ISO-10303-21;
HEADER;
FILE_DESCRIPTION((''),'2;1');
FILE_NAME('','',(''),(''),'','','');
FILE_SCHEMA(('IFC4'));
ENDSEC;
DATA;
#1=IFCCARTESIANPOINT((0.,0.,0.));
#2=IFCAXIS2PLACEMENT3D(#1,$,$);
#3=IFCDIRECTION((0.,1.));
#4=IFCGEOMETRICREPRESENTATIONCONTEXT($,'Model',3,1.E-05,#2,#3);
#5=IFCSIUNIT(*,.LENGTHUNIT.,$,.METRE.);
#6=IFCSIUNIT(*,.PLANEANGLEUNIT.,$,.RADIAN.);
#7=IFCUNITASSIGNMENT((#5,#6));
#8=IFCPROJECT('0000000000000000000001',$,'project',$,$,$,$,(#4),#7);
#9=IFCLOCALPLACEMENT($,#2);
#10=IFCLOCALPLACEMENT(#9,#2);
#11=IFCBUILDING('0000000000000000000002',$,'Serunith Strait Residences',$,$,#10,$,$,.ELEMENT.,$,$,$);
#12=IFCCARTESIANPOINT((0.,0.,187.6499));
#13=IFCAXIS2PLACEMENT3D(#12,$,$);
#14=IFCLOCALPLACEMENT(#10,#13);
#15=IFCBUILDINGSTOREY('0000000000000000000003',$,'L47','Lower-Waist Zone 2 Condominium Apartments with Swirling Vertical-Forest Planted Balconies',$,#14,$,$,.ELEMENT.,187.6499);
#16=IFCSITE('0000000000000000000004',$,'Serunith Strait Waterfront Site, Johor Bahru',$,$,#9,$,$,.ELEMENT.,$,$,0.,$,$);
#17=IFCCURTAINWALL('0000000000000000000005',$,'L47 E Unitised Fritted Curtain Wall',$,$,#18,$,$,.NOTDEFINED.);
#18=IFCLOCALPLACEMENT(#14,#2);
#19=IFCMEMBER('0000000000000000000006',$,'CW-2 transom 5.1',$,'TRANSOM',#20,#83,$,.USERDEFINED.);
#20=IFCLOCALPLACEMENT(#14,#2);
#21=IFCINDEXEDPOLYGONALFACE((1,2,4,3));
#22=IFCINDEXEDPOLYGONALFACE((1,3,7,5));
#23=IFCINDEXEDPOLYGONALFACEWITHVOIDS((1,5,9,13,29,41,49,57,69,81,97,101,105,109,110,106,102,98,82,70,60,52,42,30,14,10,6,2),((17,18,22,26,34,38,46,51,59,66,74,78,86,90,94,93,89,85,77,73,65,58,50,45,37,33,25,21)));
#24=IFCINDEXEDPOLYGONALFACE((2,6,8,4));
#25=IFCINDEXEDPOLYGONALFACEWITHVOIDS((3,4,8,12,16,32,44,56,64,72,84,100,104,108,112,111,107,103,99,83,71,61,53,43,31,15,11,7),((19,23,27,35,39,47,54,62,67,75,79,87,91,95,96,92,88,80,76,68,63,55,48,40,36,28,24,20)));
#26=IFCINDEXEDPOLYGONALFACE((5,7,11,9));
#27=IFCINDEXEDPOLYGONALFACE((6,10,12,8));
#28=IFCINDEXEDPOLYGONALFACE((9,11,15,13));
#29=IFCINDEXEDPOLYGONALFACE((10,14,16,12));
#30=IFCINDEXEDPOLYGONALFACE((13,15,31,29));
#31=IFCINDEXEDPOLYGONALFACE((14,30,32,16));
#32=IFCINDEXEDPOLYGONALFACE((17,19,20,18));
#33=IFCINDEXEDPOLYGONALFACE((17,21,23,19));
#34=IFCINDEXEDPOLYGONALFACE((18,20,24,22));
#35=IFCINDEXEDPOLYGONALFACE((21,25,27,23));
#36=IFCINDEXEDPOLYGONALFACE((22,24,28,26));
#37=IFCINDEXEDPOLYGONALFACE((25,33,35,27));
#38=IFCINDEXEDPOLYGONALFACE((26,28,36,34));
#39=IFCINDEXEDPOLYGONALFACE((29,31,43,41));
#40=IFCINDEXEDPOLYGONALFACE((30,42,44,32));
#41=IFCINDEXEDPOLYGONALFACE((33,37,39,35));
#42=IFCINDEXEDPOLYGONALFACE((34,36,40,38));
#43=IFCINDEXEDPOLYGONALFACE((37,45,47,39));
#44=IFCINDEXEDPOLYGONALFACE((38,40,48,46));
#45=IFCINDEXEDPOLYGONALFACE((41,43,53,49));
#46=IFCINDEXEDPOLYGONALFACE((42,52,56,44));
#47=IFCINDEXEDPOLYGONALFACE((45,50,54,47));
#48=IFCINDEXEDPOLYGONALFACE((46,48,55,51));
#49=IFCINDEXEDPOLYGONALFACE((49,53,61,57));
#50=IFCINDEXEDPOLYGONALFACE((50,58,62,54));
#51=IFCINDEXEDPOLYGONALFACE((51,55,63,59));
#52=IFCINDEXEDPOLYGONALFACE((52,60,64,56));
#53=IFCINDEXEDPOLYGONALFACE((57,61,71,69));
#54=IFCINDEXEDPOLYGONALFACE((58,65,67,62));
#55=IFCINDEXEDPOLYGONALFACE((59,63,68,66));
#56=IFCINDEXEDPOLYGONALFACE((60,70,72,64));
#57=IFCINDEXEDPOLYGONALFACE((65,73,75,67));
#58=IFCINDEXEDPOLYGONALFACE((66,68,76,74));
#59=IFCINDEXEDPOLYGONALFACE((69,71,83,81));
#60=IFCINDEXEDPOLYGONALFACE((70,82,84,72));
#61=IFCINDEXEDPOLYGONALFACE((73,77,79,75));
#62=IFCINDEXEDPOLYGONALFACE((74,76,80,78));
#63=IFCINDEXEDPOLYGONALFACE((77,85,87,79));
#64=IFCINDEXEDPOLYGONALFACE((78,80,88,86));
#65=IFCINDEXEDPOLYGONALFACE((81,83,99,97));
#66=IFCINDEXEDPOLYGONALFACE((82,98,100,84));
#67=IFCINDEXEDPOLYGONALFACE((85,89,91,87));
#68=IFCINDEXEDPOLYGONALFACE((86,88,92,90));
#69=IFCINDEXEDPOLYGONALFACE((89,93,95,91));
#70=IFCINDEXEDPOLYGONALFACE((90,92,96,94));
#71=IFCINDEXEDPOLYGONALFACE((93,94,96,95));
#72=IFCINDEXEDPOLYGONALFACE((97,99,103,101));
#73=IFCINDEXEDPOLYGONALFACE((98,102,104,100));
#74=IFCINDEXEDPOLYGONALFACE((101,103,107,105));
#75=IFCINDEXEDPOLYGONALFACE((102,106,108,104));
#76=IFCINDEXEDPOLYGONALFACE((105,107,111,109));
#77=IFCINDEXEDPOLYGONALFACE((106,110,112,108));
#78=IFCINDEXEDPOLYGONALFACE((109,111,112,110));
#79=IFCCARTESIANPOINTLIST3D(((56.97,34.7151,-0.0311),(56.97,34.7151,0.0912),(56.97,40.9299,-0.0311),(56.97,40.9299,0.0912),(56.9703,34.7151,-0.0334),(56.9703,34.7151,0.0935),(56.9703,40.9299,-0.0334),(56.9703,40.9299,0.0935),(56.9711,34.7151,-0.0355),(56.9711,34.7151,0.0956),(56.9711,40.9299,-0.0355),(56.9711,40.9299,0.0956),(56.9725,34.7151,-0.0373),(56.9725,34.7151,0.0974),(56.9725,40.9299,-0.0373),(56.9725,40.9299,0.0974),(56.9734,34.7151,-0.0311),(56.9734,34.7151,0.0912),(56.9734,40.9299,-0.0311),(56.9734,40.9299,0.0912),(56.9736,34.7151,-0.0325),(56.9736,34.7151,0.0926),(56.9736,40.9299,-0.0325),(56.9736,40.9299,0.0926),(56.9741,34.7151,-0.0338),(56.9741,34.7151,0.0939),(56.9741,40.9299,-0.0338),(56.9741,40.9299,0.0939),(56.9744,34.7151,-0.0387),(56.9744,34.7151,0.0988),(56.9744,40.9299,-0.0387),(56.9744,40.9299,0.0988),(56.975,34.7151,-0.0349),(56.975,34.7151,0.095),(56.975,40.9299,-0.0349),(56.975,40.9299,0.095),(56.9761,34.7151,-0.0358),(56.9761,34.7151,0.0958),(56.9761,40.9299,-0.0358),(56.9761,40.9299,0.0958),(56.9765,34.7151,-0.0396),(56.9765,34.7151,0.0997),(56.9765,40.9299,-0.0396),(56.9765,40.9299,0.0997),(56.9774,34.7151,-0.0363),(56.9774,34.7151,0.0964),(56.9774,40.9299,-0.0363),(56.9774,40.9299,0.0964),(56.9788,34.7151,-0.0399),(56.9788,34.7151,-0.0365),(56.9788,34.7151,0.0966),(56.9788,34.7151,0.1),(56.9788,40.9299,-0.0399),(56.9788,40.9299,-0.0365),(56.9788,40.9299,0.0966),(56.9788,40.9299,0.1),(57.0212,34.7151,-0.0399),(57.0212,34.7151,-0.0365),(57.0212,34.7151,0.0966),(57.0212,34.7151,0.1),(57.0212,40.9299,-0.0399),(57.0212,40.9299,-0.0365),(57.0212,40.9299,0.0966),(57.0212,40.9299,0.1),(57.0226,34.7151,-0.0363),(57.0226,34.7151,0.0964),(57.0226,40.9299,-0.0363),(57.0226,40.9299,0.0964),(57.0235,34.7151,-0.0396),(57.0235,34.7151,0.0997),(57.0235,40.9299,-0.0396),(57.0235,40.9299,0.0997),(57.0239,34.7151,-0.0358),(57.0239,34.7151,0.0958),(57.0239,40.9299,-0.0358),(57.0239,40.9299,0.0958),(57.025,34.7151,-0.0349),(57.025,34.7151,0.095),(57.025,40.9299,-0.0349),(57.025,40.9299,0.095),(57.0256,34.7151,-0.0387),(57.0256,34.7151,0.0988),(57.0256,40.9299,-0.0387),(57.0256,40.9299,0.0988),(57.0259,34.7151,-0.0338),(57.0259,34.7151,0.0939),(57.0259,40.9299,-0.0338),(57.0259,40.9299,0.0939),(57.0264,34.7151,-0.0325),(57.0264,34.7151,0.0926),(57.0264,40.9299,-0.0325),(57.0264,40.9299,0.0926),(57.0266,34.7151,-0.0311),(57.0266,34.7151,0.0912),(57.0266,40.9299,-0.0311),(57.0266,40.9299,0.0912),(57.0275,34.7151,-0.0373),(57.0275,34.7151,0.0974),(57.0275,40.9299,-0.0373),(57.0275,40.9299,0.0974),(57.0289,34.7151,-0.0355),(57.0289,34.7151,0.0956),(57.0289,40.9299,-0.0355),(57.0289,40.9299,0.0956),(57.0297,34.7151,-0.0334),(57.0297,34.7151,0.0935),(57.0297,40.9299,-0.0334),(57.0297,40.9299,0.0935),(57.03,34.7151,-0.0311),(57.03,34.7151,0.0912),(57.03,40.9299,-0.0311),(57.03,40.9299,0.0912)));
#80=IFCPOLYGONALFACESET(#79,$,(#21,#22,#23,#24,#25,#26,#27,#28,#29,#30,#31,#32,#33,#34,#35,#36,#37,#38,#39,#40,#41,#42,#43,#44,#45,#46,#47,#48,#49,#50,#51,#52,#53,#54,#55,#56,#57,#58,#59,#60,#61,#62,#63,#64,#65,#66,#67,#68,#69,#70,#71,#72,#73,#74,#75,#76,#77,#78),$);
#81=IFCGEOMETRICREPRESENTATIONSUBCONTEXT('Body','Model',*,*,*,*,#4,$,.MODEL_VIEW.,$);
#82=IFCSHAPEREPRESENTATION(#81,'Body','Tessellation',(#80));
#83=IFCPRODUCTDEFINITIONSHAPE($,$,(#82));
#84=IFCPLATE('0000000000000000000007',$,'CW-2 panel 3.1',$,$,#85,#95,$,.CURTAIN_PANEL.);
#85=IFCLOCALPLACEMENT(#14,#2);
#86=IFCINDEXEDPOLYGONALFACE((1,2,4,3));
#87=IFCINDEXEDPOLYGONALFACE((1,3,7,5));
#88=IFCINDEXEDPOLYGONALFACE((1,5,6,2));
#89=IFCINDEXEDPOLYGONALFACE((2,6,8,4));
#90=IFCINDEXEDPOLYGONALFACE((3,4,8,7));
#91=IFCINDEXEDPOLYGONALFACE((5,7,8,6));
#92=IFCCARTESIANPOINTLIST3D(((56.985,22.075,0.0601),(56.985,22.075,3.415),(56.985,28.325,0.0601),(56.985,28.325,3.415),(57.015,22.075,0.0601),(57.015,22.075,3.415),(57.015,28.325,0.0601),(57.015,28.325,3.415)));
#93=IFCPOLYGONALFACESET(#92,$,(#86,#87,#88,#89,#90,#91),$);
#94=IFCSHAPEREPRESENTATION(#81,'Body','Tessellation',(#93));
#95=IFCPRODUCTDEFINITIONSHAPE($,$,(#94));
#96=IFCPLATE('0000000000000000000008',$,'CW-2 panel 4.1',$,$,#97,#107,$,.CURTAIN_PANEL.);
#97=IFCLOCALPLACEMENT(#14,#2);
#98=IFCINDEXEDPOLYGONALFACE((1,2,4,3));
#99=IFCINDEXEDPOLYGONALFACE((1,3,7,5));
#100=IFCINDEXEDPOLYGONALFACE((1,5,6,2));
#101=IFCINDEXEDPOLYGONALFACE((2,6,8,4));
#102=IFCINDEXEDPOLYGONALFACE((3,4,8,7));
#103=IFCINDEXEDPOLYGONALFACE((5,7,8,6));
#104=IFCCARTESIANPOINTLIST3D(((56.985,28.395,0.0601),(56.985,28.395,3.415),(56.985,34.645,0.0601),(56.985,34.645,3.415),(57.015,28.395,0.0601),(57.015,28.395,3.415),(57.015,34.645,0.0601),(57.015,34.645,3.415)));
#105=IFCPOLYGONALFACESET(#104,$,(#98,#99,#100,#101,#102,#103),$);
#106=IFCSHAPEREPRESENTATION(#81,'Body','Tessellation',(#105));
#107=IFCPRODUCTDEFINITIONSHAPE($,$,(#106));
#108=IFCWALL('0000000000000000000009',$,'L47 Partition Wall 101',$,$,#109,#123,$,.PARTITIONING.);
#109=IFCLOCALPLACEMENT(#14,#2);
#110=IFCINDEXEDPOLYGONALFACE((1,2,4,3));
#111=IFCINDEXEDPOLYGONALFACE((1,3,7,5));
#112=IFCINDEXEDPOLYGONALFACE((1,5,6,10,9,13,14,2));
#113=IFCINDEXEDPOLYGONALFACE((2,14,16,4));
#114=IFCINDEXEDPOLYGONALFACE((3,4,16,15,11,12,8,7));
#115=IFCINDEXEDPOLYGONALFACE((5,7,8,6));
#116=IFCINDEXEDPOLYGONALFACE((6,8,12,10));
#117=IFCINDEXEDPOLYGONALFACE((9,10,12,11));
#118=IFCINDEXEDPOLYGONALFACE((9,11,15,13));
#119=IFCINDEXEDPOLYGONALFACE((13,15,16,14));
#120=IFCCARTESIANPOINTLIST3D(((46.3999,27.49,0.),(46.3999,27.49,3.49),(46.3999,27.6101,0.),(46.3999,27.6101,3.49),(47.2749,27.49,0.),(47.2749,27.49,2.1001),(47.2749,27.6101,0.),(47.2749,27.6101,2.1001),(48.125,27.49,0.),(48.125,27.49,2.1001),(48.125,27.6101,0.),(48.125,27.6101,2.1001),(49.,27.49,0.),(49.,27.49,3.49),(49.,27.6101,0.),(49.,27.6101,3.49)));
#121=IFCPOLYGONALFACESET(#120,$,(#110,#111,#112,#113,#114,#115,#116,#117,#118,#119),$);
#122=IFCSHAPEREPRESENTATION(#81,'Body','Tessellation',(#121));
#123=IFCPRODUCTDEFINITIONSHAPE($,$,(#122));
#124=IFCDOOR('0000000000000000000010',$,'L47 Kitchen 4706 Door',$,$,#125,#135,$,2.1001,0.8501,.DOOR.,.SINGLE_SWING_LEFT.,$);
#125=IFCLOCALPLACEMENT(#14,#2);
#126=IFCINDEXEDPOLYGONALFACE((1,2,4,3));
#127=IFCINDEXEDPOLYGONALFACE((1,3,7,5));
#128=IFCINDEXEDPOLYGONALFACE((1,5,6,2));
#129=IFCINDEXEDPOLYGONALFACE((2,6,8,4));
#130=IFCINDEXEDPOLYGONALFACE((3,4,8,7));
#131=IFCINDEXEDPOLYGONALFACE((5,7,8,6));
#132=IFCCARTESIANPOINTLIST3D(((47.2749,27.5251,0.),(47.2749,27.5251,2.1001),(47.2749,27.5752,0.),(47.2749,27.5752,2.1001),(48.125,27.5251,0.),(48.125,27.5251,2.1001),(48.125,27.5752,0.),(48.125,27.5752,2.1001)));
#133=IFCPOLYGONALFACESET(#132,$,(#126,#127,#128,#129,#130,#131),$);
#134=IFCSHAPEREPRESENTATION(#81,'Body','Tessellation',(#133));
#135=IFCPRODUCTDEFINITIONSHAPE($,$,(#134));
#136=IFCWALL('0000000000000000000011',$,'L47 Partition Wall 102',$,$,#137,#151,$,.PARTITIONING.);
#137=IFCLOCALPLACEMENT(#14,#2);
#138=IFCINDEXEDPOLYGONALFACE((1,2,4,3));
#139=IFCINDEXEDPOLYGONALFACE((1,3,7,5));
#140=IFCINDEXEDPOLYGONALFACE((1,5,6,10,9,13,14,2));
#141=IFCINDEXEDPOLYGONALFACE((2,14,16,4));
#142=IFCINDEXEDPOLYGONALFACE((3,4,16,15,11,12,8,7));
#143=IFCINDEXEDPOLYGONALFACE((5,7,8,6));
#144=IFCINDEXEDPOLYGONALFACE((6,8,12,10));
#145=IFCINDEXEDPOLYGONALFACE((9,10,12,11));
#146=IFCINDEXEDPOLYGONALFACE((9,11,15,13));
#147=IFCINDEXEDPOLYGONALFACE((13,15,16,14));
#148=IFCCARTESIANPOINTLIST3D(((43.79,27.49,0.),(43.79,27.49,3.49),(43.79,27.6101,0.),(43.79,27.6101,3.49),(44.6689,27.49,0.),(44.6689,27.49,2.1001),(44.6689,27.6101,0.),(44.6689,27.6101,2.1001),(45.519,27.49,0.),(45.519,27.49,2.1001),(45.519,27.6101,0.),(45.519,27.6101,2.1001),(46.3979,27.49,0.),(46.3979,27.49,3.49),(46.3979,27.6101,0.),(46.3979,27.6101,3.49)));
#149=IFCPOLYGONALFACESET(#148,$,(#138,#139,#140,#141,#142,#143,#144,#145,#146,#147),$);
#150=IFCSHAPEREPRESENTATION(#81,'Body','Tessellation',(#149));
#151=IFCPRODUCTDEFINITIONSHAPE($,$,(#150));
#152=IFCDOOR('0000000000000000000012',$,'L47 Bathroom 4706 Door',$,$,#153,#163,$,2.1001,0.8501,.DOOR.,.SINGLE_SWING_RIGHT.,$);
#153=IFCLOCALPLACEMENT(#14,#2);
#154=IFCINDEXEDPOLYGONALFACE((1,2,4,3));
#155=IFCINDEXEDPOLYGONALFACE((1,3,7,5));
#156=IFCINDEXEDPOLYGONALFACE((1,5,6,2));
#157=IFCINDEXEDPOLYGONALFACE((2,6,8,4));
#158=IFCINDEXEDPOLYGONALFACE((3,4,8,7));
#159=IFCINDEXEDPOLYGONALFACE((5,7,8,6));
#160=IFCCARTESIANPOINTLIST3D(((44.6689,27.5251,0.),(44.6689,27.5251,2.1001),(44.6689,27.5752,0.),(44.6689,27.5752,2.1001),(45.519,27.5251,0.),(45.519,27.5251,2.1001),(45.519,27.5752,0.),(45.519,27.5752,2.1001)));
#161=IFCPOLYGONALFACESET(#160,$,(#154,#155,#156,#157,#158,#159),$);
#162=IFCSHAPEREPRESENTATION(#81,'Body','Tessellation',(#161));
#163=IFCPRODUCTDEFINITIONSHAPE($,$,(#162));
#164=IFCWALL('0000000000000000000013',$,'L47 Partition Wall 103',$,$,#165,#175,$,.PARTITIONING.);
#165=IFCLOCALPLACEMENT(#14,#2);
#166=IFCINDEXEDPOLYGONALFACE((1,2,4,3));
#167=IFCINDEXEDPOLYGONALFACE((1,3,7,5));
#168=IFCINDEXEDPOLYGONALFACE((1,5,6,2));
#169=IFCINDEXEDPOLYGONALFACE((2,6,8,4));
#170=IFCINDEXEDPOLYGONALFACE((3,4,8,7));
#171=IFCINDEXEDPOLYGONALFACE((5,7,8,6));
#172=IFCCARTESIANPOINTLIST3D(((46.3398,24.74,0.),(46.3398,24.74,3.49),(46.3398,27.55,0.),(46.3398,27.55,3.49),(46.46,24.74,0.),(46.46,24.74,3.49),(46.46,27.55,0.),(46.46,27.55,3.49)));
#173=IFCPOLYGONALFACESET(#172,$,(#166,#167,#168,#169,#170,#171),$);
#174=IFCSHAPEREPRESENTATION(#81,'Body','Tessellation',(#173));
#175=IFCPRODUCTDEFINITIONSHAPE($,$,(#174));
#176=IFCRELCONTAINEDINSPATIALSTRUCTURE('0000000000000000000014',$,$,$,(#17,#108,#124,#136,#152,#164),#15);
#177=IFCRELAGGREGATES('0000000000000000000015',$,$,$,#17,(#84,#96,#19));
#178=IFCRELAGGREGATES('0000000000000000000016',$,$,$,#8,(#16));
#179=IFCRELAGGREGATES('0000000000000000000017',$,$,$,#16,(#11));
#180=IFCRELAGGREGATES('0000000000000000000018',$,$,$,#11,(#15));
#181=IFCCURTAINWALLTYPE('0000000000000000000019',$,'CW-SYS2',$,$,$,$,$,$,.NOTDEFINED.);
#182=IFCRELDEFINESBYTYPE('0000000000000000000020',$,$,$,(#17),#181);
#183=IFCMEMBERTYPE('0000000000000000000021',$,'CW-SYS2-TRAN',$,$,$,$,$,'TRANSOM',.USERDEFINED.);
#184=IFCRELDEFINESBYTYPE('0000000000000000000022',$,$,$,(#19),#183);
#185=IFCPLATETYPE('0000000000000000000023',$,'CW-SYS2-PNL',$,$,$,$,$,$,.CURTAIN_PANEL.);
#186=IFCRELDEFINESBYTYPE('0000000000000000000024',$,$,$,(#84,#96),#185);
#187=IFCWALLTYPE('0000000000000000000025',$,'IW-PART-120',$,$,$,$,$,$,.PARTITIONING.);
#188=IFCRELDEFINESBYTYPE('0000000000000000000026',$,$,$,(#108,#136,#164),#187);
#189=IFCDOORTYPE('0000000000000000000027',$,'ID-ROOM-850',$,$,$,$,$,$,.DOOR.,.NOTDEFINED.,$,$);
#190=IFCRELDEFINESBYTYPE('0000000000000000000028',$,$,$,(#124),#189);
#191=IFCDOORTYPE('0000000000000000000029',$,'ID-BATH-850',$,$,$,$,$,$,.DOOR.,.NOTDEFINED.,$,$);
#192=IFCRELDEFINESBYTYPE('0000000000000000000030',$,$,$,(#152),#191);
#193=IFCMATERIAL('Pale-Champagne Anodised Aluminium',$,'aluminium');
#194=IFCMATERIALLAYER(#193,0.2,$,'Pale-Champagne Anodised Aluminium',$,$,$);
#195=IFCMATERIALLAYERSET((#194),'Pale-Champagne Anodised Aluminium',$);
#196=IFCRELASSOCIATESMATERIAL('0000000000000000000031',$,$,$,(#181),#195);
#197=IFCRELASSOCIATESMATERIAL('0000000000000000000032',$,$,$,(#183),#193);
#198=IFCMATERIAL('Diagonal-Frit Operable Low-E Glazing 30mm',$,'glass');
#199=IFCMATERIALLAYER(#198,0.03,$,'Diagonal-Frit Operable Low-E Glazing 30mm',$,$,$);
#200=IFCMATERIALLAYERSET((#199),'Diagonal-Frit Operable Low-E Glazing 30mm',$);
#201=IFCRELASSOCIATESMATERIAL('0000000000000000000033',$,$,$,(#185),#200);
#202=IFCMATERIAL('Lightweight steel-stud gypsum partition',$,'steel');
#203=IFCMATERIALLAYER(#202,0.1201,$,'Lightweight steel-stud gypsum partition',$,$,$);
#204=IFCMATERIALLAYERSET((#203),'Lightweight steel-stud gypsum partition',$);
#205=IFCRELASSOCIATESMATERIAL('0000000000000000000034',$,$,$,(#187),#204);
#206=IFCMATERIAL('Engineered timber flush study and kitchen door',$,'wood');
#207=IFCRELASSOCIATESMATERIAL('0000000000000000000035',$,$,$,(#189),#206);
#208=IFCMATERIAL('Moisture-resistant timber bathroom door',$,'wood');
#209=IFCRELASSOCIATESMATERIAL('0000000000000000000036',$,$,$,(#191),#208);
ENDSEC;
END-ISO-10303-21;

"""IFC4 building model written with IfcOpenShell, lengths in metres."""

from ifc_helpers import new_model, si_unit, direction, frame, frame_2d, origin, origin_2d, place, context, subcontext, project, spatial, rectangle, hollow_rectangle, extrude, source, transform, mapped, material, layer, layer_set, material_profile, profile_set, type_object, element, fill, aggregate, save


model = new_model("IFC4")

# Units and contexts
model_context = context("Model", 3, precision=1e-05, world=origin(), true_north=direction((0.0, 1.0)))
body_context = subcontext(model_context, "Body", "Model", "MODEL_VIEW")
ifc_project = project(units=[si_unit("LENGTHUNIT", "METRE"), si_unit("PLANEANGLEUNIT", "RADIAN")], contexts=[model_context])

# Site, building, storey
site_placement = place(None, origin())
site = spatial("IfcSite", under=ifc_project, at=site_placement, Name="Serunith Strait Waterfront Site, Johor Bahru", CompositionType="ELEMENT", RefElevation=0.0)
building_placement = place(site_placement, origin())
building = spatial("IfcBuilding", under=site, at=building_placement, Name="Serunith Strait Residences", CompositionType="ELEMENT")
storey_placement = place(building_placement, frame((0.0, 0.0, 187.6499)))
storey = spatial("IfcBuildingStorey", under=building, at=storey_placement, Name="L47", Description="Lower-Waist Zone 2 Condominium Apartments with Swirling Vertical-Forest Planted Balconies", CompositionType="ELEMENT", Elevation=187.6499)

# Curtain wall, member, plates
ifc_material_1 = material(Name="Pale-Champagne Anodised Aluminium", Category="aluminium")
ifc_layer_1 = layer(ifc_material_1, 0.2, Name="Pale-Champagne Anodised Aluminium")
ifc_layer_set_1 = layer_set([ifc_layer_1], Name="Pale-Champagne Anodised Aluminium")
curtain_wall_type = type_object("IfcCurtainWallType", Name="CW-SYS2", PredefinedType="NOTDEFINED", material=ifc_layer_set_1)
curtain_wall_placement = place(storey_placement, origin())
curtain_wall = element("IfcCurtainWall", 1, at=curtain_wall_placement, inside=storey, type_object=curtain_wall_type, Name="L47 E Unitised Fritted Curtain Wall", PredefinedType="NOTDEFINED")
ifc_material_profile_1 = material_profile(ifc_material_1, hollow_rectangle(XDim=0.0601, YDim=0.1399, WallThickness=0.0034, InnerFilletRadius=0.0054, OuterFilletRadius=0.0088, at=origin_2d()), Name="ALU 140x60x3.5")
ifc_profile_set_1 = profile_set([ifc_material_profile_1], Name="Pale-Champagne Anodised Aluminium")
member_type_1 = type_object("IfcMemberType", Name="CW-SYS2-TRAN", ElementType="TRANSOM", PredefinedType="USERDEFINED", material=ifc_profile_set_1)
shared_shape_1 = source(origin(), body_context, "Body", "SweptSolid", [
    extrude(hollow_rectangle(XDim=0.0601, YDim=0.1399, WallThickness=0.0034, InnerFilletRadius=0.0054, OuterFilletRadius=0.0088, at=origin_2d()), origin(), (0.0, 0.0, 1.0), 6.2148),
])
member_1_placement = place(storey_placement, frame((57.0, 34.7151, 0.03), z_axis=(0.0, 1.0, 0.0), x_axis=(-1.0, 0.0, 0.0)))
member_1 = element("IfcMember", 2, at=member_1_placement, type_object=member_type_1, Name="CW-2 transom 5.1", ObjectType="TRANSOM", PredefinedType="USERDEFINED", context=body_context, shape_type="MappedRepresentation", body=[
    mapped(shared_shape_1, transform((0.0, 0.0, 0.0), scale=1.0)),
])
ifc_material_2 = material(Name="Diagonal-Frit Operable Low-E Glazing 30mm", Category="glass")
ifc_layer_2 = layer(ifc_material_2, 0.03, Name="Diagonal-Frit Operable Low-E Glazing 30mm")
ifc_layer_set_2 = layer_set([ifc_layer_2], Name="Diagonal-Frit Operable Low-E Glazing 30mm")
plate_type = type_object("IfcPlateType", Name="CW-SYS2-PNL", PredefinedType="CURTAIN_PANEL", material=ifc_layer_set_2)
shared_shape_2 = source(origin(), body_context, "Body", "SweptSolid", [
    extrude(rectangle(XDim=6.25, YDim=0.03, at=origin_2d()), origin(), (0.0, 0.0, 1.0), 3.355),
])
plate_1_placement = place(storey_placement, frame((57.0, 25.2, 0.0601), z_axis=(0.0, 0.0, 1.0), x_axis=(0.0, 1.0, 0.0)))
plate_1 = element("IfcPlate", 3, at=plate_1_placement, type_object=plate_type, Name="CW-2 panel 3.1", PredefinedType="CURTAIN_PANEL", context=body_context, shape_type="MappedRepresentation", body=[
    mapped(shared_shape_2, transform((0.0, 0.0, 0.0), scale=1.0)),
])
plate_2_placement = place(storey_placement, frame((57.0, 31.52, 0.0601), z_axis=(0.0, 0.0, 1.0), x_axis=(0.0, 1.0, 0.0)))
plate_2 = element("IfcPlate", 4, at=plate_2_placement, type_object=plate_type, Name="CW-2 panel 4.1", PredefinedType="CURTAIN_PANEL", context=body_context, shape_type="MappedRepresentation", body=[
    mapped(shared_shape_2, transform((0.0, 0.0, 0.0), scale=1.0)),
])
aggregate(curtain_wall, [plate_1, plate_2, member_1])

# Walls, openings, doors
ifc_material_3 = material(Name="Lightweight steel-stud gypsum partition", Category="steel")
ifc_layer_3 = layer(ifc_material_3, 0.1201, Name="Lightweight steel-stud gypsum partition")
ifc_layer_set_3 = layer_set([ifc_layer_3], Name="Lightweight steel-stud gypsum partition")
wall_type_1 = type_object("IfcWallType", Name="IW-PART-120", PredefinedType="PARTITIONING", material=ifc_layer_set_3)
wall_1_placement = place(storey_placement, frame((49.0, 27.55, 0.0), z_axis=(0.0, 0.0, 1.0), x_axis=(-1.0, 0.0, 0.0)))
wall_1 = element("IfcWall", 5, at=wall_1_placement, inside=storey, type_object=wall_type_1, Name="L47 Partition Wall 101", PredefinedType="PARTITIONING", context=body_context, shape_type="SweptSolid", body=[
    extrude(rectangle(XDim=2.6001, YDim=0.1201, at=frame_2d((1.3, 0.0))), origin(), (0.0, 0.0, 1.0), 3.49),
])
opening_1_placement = place(wall_1_placement, frame((0.875, 0.0, 0.0)))
opening_1 = element("IfcOpeningElement", 6, at=opening_1_placement, cuts=wall_1, PredefinedType="OPENING", context=body_context, shape_type="SweptSolid", body=[
    extrude(rectangle(XDim=0.8501, YDim=2.1001, at=frame_2d((0.425, 1.05))), frame((0.0, 0.0701, 0.0), z_axis=(0.0, -1.0, 0.0), x_axis=(1.0, 0.0, 0.0)), (0.0, 0.0, 1.0), 0.1401),
])
ifc_material_4 = material(Name="Engineered timber flush study and kitchen door", Category="wood")
door_type_1 = type_object("IfcDoorType", Name="ID-ROOM-850", OperationType="NOTDEFINED", PredefinedType="DOOR", material=ifc_material_4)
shared_shape_3 = source(origin(), body_context, "Body", "SweptSolid", [
    extrude(rectangle(XDim=0.8501, YDim=2.1001, at=frame_2d((0.425, 1.05))), frame((0.0, 0.0249, 0.0), z_axis=(0.0, -1.0, 0.0), x_axis=(1.0, 0.0, 0.0)), (0.0, 0.0, 1.0), 0.05),
])
door_1_placement = place(opening_1_placement, origin())
door_1 = element("IfcDoor", 7, at=door_1_placement, inside=storey, type_object=door_type_1, Name="L47 Kitchen 4706 Door", OperationType="SINGLE_SWING_LEFT", OverallHeight=2.1001, OverallWidth=0.8501, PredefinedType="DOOR", context=body_context, shape_type="MappedRepresentation", body=[
    mapped(shared_shape_3, transform((0.0, 0.0, 0.0), scale=1.0)),
])
fill(opening_1, door_1)
wall_2_placement = place(storey_placement, frame((46.3979, 27.55, 0.0), z_axis=(0.0, 0.0, 1.0), x_axis=(-1.0, 0.0, 0.0)))
wall_2 = element("IfcWall", 8, at=wall_2_placement, inside=storey, type_object=wall_type_1, Name="L47 Partition Wall 102", PredefinedType="PARTITIONING", context=body_context, shape_type="SweptSolid", body=[
    extrude(rectangle(XDim=2.6079, YDim=0.1201, at=frame_2d((1.304, 0.0))), origin(), (0.0, 0.0, 1.0), 3.49),
])
opening_2_placement = place(wall_2_placement, frame((0.8789, 0.0, 0.0)))
opening_2 = element("IfcOpeningElement", 9, at=opening_2_placement, cuts=wall_2, PredefinedType="OPENING", context=body_context, shape_type="SweptSolid", body=[
    extrude(rectangle(XDim=0.8501, YDim=2.1001, at=frame_2d((0.425, 1.05))), frame((0.0, 0.0701, 0.0), z_axis=(0.0, -1.0, 0.0), x_axis=(1.0, 0.0, 0.0)), (0.0, 0.0, 1.0), 0.1401),
])
ifc_material_5 = material(Name="Moisture-resistant timber bathroom door", Category="wood")
door_type_2 = type_object("IfcDoorType", Name="ID-BATH-850", OperationType="NOTDEFINED", PredefinedType="DOOR", material=ifc_material_5)
door_2_placement = place(opening_2_placement, origin())
door_2 = element("IfcDoor", 10, at=door_2_placement, inside=storey, type_object=door_type_2, Name="L47 Bathroom 4706 Door", OperationType="SINGLE_SWING_RIGHT", OverallHeight=2.1001, OverallWidth=0.8501, PredefinedType="DOOR", context=body_context, shape_type="MappedRepresentation", body=[
    mapped(shared_shape_3, transform((0.0, 0.0, 0.0), scale=1.0)),
])
fill(opening_2, door_2)

# Wall
for number, where, z_axis, x_axis, name in (
    (11, (46.3999, 24.74, 0.0), (0.0, 0.0, 1.0), (0.0, 1.0, 0.0), "L47 Partition Wall 103"),
):
    element("IfcWall", number, at=place(storey_placement, frame(where, z_axis=z_axis, x_axis=x_axis)), inside=storey, type_object=wall_type_1, Name=name, PredefinedType="PARTITIONING", context=body_context, shape_type="SweptSolid", body=[
        extrude(rectangle(XDim=2.8101, YDim=0.1201, at=frame_2d((1.405, 0.0))), origin(), (0.0, 0.0, 1.0), 3.49),
    ])

save(model, "model.ifc")
